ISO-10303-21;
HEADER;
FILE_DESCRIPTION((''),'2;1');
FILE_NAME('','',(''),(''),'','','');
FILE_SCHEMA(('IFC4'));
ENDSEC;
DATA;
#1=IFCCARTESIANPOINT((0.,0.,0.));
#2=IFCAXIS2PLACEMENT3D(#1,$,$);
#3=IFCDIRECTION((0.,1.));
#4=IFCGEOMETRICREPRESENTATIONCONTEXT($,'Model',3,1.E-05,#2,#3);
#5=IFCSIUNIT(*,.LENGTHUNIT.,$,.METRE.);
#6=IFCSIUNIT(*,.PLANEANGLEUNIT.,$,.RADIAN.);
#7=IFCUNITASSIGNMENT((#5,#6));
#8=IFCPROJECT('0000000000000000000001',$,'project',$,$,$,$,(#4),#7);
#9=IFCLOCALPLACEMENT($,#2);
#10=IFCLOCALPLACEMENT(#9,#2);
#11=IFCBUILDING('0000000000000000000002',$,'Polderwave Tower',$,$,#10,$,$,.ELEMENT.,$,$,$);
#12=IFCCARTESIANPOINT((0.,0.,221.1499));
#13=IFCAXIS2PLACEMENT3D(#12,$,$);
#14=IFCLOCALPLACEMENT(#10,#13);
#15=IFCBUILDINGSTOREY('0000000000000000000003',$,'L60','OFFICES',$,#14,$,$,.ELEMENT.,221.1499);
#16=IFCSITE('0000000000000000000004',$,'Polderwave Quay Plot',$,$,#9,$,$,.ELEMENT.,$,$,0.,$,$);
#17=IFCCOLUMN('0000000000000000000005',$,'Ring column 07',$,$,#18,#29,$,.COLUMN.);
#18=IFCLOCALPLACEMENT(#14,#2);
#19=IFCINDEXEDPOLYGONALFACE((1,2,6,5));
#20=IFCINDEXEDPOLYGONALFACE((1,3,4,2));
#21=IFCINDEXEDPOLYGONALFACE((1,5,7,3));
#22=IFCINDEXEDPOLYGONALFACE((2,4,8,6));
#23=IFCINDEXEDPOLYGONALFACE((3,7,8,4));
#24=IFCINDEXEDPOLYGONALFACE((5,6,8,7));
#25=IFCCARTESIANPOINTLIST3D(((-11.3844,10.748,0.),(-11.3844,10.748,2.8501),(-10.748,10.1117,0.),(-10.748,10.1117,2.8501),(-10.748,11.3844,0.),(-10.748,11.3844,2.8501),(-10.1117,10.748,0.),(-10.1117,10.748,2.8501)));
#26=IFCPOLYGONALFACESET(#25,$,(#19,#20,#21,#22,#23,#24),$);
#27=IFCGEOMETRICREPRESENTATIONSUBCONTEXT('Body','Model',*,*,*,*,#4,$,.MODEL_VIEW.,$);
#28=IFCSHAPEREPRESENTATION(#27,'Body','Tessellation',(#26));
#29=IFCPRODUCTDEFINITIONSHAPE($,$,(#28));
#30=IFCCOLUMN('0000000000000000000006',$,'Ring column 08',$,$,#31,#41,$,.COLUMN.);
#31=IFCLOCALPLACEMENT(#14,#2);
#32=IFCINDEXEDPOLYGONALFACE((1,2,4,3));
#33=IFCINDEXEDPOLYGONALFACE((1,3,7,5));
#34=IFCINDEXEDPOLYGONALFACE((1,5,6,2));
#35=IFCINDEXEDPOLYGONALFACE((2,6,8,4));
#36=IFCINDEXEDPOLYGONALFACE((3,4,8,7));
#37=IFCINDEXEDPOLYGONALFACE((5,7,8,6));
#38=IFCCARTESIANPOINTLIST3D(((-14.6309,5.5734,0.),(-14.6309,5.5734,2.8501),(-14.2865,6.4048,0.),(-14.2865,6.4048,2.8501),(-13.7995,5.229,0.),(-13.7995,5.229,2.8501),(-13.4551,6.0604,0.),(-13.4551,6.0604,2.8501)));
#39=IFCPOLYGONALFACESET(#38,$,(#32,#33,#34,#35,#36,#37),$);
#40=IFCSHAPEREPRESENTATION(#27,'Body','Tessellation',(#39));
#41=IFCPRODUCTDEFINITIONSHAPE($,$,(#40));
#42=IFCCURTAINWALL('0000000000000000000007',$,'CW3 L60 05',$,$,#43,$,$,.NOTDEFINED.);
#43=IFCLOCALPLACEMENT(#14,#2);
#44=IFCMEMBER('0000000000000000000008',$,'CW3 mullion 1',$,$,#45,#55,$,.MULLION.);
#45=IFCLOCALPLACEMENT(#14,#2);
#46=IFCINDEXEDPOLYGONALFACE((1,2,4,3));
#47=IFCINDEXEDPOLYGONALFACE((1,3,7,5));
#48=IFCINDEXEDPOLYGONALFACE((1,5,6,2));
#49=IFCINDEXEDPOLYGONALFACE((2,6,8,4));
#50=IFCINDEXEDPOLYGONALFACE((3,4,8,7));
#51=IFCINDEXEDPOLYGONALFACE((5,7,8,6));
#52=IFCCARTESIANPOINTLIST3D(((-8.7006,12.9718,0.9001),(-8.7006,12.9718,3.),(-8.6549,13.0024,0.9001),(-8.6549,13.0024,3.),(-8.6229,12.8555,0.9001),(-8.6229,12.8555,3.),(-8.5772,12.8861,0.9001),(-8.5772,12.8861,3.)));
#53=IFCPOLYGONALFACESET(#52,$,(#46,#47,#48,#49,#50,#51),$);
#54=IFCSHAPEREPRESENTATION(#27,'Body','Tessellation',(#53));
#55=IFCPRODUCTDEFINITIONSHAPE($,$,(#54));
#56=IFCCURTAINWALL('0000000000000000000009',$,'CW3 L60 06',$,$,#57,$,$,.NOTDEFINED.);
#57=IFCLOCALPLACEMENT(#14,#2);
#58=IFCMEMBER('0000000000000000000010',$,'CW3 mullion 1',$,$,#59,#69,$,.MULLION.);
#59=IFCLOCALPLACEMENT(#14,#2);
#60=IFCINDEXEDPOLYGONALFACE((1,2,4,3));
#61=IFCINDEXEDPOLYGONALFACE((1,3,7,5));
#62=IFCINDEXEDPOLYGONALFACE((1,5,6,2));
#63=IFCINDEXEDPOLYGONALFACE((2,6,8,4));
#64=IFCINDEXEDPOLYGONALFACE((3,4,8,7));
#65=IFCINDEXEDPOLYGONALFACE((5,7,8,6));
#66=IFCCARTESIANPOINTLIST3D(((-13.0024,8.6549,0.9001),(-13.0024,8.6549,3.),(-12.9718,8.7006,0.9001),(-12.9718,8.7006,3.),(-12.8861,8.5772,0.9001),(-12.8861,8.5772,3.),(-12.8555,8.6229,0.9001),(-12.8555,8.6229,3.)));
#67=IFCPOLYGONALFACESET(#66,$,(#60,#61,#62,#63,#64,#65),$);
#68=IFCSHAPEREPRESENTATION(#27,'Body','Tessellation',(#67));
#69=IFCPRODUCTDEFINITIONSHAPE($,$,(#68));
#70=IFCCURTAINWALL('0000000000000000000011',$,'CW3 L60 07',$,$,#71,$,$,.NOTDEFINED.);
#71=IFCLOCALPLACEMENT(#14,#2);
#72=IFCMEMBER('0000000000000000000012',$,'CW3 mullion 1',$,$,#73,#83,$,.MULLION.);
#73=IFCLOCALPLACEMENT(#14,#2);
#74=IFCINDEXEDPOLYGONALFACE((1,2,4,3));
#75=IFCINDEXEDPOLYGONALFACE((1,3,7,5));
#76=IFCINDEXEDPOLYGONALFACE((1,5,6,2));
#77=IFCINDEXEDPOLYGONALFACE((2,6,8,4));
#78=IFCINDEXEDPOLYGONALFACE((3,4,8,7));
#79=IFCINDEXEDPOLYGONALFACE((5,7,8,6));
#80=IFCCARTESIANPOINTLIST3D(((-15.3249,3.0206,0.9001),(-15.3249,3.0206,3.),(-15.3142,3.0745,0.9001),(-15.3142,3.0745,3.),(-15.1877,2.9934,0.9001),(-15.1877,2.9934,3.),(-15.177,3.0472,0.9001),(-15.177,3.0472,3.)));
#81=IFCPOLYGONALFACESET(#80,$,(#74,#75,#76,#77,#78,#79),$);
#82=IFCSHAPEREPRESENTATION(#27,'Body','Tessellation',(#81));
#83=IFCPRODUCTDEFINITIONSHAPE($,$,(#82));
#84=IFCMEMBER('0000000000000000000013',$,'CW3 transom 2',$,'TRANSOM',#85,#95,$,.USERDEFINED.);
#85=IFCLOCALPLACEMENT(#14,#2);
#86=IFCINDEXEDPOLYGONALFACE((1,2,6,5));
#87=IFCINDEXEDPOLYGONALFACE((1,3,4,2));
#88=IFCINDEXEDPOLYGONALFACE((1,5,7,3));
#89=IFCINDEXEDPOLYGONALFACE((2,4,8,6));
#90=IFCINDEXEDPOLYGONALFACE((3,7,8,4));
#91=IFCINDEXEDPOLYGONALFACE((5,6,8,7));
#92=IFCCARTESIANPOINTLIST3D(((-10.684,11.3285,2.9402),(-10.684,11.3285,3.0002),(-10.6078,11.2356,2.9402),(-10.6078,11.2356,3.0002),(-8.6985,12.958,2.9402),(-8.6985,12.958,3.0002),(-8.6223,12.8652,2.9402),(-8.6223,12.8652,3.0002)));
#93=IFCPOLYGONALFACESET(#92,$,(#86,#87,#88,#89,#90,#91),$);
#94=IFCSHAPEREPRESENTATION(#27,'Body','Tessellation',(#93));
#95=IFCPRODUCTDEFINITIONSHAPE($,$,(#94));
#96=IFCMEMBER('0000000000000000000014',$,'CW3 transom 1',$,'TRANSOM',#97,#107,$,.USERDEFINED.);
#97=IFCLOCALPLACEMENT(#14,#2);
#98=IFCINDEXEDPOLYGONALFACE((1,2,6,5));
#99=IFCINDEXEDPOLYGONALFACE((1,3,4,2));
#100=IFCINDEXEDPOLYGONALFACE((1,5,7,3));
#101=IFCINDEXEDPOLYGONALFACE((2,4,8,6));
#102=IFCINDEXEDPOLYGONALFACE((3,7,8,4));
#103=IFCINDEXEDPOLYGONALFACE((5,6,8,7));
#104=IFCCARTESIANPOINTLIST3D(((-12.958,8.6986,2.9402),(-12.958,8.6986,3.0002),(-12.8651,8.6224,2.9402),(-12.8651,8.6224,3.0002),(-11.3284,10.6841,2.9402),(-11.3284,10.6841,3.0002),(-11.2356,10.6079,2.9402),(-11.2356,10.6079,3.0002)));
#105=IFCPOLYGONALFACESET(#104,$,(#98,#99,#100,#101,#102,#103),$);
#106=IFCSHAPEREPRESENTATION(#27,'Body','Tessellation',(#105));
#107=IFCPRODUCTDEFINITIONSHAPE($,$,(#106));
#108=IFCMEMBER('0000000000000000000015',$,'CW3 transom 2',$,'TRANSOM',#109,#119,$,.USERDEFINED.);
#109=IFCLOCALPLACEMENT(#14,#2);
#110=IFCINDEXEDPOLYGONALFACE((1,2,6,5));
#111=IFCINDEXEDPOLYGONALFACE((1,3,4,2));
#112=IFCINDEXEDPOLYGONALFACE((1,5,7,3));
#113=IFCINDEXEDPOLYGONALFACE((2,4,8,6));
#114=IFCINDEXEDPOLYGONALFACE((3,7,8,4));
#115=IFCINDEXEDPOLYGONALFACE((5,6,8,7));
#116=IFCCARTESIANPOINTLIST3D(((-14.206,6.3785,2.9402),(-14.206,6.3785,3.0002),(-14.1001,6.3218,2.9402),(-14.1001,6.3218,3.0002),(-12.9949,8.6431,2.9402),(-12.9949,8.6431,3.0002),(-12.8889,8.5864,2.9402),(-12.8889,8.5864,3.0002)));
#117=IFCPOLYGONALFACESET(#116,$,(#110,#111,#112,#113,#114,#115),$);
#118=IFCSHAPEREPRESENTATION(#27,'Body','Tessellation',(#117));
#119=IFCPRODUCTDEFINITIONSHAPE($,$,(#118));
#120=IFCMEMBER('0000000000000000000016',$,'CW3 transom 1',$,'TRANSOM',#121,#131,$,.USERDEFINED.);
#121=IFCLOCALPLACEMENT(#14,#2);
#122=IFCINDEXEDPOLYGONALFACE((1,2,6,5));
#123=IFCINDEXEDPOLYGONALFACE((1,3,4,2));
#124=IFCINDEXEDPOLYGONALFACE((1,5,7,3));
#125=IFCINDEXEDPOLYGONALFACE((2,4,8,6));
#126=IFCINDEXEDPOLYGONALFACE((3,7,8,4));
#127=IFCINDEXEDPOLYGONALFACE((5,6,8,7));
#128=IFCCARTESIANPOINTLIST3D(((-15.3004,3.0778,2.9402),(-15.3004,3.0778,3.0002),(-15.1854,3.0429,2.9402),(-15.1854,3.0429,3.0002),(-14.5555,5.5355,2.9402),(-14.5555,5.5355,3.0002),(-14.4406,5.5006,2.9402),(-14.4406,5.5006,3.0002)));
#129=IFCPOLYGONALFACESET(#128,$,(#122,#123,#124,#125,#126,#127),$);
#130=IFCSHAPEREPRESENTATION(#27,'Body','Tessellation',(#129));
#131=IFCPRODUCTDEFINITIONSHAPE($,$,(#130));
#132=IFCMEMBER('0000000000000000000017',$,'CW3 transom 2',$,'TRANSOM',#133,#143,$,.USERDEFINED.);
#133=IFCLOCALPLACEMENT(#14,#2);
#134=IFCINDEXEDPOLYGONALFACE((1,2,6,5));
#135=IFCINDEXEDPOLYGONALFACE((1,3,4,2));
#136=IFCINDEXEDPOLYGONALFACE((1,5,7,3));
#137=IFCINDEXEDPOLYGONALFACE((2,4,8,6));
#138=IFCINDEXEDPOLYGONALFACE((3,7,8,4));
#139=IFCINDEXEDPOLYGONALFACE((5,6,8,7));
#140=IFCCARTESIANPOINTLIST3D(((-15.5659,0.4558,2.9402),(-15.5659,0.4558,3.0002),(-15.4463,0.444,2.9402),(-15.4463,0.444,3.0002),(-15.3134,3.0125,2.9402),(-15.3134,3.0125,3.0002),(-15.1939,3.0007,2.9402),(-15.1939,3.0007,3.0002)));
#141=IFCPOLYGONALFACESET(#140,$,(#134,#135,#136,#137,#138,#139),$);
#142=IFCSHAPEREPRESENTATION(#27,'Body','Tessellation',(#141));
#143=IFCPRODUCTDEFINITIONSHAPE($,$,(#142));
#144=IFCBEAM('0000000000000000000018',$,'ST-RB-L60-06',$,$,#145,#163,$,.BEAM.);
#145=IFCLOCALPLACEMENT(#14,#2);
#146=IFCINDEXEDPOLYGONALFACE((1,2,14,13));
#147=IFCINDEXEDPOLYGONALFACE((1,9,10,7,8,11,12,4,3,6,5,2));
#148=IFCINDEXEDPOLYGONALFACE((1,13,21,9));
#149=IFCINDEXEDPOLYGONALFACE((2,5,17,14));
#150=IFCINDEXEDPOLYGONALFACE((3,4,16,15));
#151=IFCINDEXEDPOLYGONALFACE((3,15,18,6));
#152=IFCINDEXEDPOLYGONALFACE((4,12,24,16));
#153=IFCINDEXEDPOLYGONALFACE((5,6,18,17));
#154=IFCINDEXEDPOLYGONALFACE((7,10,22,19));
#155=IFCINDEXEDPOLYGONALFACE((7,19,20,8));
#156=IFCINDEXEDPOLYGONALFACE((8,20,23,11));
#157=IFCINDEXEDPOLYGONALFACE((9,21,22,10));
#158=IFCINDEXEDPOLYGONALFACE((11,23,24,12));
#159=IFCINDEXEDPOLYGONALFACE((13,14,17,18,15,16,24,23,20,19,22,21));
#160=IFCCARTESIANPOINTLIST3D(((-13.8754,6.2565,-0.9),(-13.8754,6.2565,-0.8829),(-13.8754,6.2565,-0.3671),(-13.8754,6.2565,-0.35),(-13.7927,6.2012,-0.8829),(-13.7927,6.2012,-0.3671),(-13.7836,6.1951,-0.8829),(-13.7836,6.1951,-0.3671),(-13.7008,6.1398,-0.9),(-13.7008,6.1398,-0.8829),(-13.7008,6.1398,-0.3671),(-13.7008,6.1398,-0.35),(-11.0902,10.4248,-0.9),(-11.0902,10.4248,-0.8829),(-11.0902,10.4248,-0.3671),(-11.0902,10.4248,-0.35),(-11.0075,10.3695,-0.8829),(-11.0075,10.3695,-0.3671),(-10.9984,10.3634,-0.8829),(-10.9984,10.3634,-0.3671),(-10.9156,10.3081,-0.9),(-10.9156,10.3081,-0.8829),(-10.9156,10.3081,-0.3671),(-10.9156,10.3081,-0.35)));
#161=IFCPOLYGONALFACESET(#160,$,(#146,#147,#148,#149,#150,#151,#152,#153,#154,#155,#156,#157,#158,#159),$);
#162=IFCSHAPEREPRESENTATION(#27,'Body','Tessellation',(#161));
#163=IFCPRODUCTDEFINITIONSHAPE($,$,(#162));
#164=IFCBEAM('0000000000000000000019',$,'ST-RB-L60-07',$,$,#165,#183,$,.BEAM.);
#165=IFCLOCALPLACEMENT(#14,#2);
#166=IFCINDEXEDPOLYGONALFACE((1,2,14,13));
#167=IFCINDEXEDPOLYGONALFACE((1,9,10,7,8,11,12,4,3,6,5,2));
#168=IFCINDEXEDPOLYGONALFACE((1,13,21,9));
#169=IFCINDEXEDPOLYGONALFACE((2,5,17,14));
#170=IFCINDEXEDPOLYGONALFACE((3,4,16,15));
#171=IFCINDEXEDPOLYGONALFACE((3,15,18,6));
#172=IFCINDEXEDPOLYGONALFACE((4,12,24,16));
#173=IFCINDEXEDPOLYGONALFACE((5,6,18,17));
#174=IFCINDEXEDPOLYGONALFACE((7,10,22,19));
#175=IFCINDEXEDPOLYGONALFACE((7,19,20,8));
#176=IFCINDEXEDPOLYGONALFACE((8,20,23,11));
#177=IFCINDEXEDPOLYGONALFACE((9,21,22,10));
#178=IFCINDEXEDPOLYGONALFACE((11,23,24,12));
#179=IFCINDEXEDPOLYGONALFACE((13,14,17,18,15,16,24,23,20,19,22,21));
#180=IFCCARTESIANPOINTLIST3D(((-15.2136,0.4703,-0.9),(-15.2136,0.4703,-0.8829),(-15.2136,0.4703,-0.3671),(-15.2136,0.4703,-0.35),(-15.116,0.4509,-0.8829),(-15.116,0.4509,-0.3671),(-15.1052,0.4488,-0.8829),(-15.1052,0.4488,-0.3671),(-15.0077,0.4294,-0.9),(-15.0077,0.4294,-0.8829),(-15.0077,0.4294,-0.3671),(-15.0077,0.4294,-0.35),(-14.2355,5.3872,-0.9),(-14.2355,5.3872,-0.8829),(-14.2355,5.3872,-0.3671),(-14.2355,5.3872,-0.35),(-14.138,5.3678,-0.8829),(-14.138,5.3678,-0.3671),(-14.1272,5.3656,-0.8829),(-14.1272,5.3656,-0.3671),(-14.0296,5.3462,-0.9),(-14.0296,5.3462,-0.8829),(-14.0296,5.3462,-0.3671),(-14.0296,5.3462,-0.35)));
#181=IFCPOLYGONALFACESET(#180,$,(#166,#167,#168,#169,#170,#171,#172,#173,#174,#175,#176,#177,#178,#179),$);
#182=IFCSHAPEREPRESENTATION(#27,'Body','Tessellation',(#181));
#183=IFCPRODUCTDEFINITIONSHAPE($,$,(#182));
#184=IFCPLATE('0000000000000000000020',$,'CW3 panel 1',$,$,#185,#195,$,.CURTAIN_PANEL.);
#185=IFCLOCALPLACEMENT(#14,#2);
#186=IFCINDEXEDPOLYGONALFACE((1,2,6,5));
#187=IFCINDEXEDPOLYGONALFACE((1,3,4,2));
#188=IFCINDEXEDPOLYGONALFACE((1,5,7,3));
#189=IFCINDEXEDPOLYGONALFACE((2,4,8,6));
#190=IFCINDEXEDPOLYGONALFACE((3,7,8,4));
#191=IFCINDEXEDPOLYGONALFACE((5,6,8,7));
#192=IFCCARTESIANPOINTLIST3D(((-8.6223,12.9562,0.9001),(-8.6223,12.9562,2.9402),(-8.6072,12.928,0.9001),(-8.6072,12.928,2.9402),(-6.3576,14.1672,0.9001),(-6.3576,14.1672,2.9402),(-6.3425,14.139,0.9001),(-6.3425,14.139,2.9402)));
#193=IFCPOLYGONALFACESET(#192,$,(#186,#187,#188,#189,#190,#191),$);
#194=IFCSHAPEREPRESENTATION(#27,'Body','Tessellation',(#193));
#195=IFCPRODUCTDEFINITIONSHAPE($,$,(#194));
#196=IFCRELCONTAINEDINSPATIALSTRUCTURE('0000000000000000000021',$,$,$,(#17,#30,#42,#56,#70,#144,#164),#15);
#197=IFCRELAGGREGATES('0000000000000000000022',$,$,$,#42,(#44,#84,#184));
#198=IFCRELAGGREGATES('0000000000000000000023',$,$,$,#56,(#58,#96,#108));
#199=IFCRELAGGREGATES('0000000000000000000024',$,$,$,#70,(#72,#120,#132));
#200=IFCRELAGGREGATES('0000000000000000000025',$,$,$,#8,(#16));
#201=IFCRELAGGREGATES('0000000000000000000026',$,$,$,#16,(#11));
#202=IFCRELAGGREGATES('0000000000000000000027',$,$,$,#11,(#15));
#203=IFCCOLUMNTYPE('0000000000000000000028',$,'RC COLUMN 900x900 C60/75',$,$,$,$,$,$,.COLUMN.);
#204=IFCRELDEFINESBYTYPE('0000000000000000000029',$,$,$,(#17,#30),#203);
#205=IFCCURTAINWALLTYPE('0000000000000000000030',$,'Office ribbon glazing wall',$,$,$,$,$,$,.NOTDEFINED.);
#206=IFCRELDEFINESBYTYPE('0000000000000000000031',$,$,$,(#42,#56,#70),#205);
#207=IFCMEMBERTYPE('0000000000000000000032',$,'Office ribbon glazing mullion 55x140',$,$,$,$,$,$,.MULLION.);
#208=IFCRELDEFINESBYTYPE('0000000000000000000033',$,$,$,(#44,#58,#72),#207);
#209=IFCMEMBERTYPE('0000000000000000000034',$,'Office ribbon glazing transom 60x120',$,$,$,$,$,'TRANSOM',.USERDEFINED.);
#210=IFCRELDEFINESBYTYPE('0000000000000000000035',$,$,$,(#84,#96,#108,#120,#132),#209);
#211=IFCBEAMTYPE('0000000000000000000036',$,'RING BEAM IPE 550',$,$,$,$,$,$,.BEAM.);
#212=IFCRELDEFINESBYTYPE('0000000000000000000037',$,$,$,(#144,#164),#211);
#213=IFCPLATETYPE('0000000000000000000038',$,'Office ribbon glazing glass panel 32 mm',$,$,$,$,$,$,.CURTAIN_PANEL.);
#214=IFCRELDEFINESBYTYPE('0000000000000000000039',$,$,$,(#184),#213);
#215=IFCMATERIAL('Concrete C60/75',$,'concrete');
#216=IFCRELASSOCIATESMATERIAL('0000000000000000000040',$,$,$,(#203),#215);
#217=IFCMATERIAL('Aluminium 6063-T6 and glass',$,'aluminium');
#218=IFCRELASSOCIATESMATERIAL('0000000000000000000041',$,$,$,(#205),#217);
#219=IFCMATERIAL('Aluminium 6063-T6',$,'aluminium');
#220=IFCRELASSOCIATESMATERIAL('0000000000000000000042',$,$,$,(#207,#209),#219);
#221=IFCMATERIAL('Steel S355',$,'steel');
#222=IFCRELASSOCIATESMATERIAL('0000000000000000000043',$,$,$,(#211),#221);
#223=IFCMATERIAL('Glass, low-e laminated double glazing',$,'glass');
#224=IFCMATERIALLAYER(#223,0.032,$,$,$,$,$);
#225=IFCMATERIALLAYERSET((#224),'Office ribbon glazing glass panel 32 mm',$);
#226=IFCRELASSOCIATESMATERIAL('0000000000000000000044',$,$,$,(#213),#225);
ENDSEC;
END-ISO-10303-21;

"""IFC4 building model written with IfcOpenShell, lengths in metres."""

from ifc_helpers import new_model, si_unit, direction, frame, origin, origin_2d, place, context, subcontext, project, spatial, rectangle, i_section, extrude, material, layer, layer_set, material_profile, profile_set, type_object, element, aggregate, save


model = new_model("IFC4")

# Units and contexts
model_context = context("Model", 3, precision=1e-05, world=origin(), true_north=direction((0.0, 1.0)))
body_context = subcontext(model_context, "Body", "Model", "MODEL_VIEW")
ifc_project = project(units=[si_unit("LENGTHUNIT", "METRE"), si_unit("PLANEANGLEUNIT", "RADIAN")], contexts=[model_context])

# Site, building, storey
site_placement = place(None, origin())
site = spatial("IfcSite", under=ifc_project, at=site_placement, Name="Polderwave Quay Plot", CompositionType="ELEMENT", RefElevation=0.0)
building_placement = place(site_placement, origin())
building = spatial("IfcBuilding", under=site, at=building_placement, Name="Polderwave Tower", CompositionType="ELEMENT")
storey_placement = place(building_placement, frame((0.0, 0.0, 221.1499)))
storey = spatial("IfcBuildingStorey", under=building, at=storey_placement, Name="L60", Description="OFFICES", CompositionType="ELEMENT", Elevation=221.1499)

# Columns
ifc_material_1 = material(Name="Concrete C60/75", Category="concrete")
ifc_material_profile_1 = material_profile(ifc_material_1, rectangle(XDim=0.8999, YDim=0.8999, at=origin_2d()), Name="RC 900x900")
ifc_profile_set_1 = profile_set([ifc_material_profile_1], Name="Concrete C60/75")
column_type = type_object("IfcColumnType", Name="RC COLUMN 900x900 C60/75", PredefinedType="COLUMN", material=ifc_profile_set_1)
for number, where, z_axis, x_axis, name in (
    (1, (-10.748, 10.748, 0.0), (0.0, 0.0, 1.0), (-0.707107, 0.707107, 0.0), "Ring column 07"),
    (2, (-14.043, 5.8169, 0.0), (0.0, 0.0, 1.0), (-0.92388, 0.382683, 0.0), "Ring column 08"),
):
    element("IfcColumn", number, at=place(storey_placement, frame(where, z_axis=z_axis, x_axis=x_axis)), inside=storey, type_object=column_type, Name=name, PredefinedType="COLUMN", context=body_context, shape_type="SweptSolid", body=[
        extrude(rectangle(XDim=0.8999, YDim=0.8999, at=origin_2d()), origin(), (0.0, 0.0, 1.0), 2.8501),
    ])

# Curtain walls, members
ifc_material_2 = material(Name="Aluminium 6063-T6 and glass", Category="aluminium")
curtain_wall_type = type_object("IfcCurtainWallType", Name="Office ribbon glazing wall", PredefinedType="NOTDEFINED", material=ifc_material_2)
curtain_wall_1_placement = place(storey_placement, origin())
curtain_wall_1 = element("IfcCurtainWall", 3, at=curtain_wall_1_placement, inside=storey, type_object=curtain_wall_type, Name="CW3 L60 05", PredefinedType="NOTDEFINED")
ifc_material_3 = material(Name="Aluminium 6063-T6", Category="aluminium")
ifc_material_profile_2 = material_profile(ifc_material_3, rectangle(XDim=0.1399, YDim=0.0549, at=origin_2d()), Name="AL 55x140")
ifc_profile_set_2 = profile_set([ifc_material_profile_2], Name="Aluminium 6063-T6")
member_type_1 = type_object("IfcMemberType", Name="Office ribbon glazing mullion 55x140", PredefinedType="MULLION", material=ifc_profile_set_2)
member_1_placement = place(storey_placement, frame((-8.6389, 12.929, 0.9001), z_axis=(0.0, 0.0, 1.0), x_axis=(0.555628, -0.831431, 0.0)))
member_1 = element("IfcMember", 4, at=member_1_placement, type_object=member_type_1, Name="CW3 mullion 1", PredefinedType="MULLION", context=body_context, shape_type="SweptSolid", body=[
    extrude(rectangle(XDim=0.1399, YDim=0.0549, at=origin_2d()), origin(), (0.0, 0.0, 1.0), 2.0999),
])
curtain_wall_2_placement = place(storey_placement, origin())
curtain_wall_2 = element("IfcCurtainWall", 5, at=curtain_wall_2_placement, inside=storey, type_object=curtain_wall_type, Name="CW3 L60 06", PredefinedType="NOTDEFINED")
member_2_placement = place(storey_placement, frame((-12.929, 8.6389, 0.9001), z_axis=(0.0, 0.0, 1.0), x_axis=(0.831431, -0.555628, 0.0)))
member_2 = element("IfcMember", 6, at=member_2_placement, type_object=member_type_1, Name="CW3 mullion 1", PredefinedType="MULLION", context=body_context, shape_type="SweptSolid", body=[
    extrude(rectangle(XDim=0.1399, YDim=0.0549, at=origin_2d()), origin(), (0.0, 0.0, 1.0), 2.0999),
])
curtain_wall_3_placement = place(storey_placement, origin())
curtain_wall_3 = element("IfcCurtainWall", 7, at=curtain_wall_3_placement, inside=storey, type_object=curtain_wall_type, Name="CW3 L60 07", PredefinedType="NOTDEFINED")
member_3_placement = place(storey_placement, frame((-15.251, 3.0339, 0.9001), z_axis=(0.0, 0.0, 1.0), x_axis=(0.980785, -0.195092, 0.0)))
member_3 = element("IfcMember", 8, at=member_3_placement, type_object=member_type_1, Name="CW3 mullion 1", PredefinedType="MULLION", context=body_context, shape_type="SweptSolid", body=[
    extrude(rectangle(XDim=0.1399, YDim=0.0549, at=origin_2d()), origin(), (0.0, 0.0, 1.0), 2.0999),
])

# Members
ifc_material_profile_3 = material_profile(ifc_material_3, rectangle(XDim=0.1201, YDim=0.0601, at=origin_2d()), Name="AL 60x120")
ifc_profile_set_3 = profile_set([ifc_material_profile_3], Name="Aluminium 6063-T6")
member_type_2 = type_object("IfcMemberType", Name="Office ribbon glazing transom 60x120", ElementType="TRANSOM", PredefinedType="USERDEFINED", material=ifc_profile_set_3)
member_4_placement = place(storey_placement, frame((-8.6604, 12.9116, 2.9702), z_axis=(-0.772991, -0.634417, 0.0), x_axis=(0.634417, -0.772991, 0.0)))
member_4 = element("IfcMember", 9, at=member_4_placement, type_object=member_type_2, Name="CW3 transom 2", ObjectType="TRANSOM", PredefinedType="USERDEFINED", context=body_context, shape_type="SweptSolid", body=[
    extrude(rectangle(XDim=0.1201, YDim=0.0601, at=origin_2d()), origin(), (0.0, 0.0, 1.0), 2.5686),
])
member_5_placement = place(storey_placement, frame((-11.282, 10.646, 2.9702), z_axis=(-0.634417, -0.772991, 0.0), x_axis=(0.772991, -0.634417, 0.0)))
member_5 = element("IfcMember", 10, at=member_5_placement, type_object=member_type_2, Name="CW3 transom 1", ObjectType="TRANSOM", PredefinedType="USERDEFINED", context=body_context, shape_type="SweptSolid", body=[
    extrude(rectangle(XDim=0.1201, YDim=0.0601, at=origin_2d()), origin(), (0.0, 0.0, 1.0), 2.5686),
])
member_6_placement = place(storey_placement, frame((-12.9419, 8.6147, 2.9702), z_axis=(-0.471609, -0.881808, 0.0), x_axis=(0.881808, -0.471609, 0.0)))
member_6 = element("IfcMember", 11, at=member_6_placement, type_object=member_type_2, Name="CW3 transom 2", ObjectType="TRANSOM", PredefinedType="USERDEFINED", context=body_context, shape_type="SweptSolid", body=[
    extrude(rectangle(XDim=0.1201, YDim=0.0601, at=origin_2d()), origin(), (0.0, 0.0, 1.0), 2.5681),
])
member_7_placement = place(storey_placement, frame((-14.498, 5.5181, 2.9702), z_axis=(-0.290042, -0.957014, 0.0), x_axis=(0.957014, -0.290042, 0.0)))
member_7 = element("IfcMember", 12, at=member_7_placement, type_object=member_type_2, Name="CW3 transom 1", ObjectType="TRANSOM", PredefinedType="USERDEFINED", context=body_context, shape_type="SweptSolid", body=[
    extrude(rectangle(XDim=0.1201, YDim=0.0601, at=origin_2d()), origin(), (0.0, 0.0, 1.0), 2.5681),
])
member_8_placement = place(storey_placement, frame((-15.2537, 3.0066, 2.9702), z_axis=(-0.098262, -0.995161, 0.0), x_axis=(0.995161, -0.098262, 0.0)))
member_8 = element("IfcMember", 13, at=member_8_placement, type_object=member_type_2, Name="CW3 transom 2", ObjectType="TRANSOM", PredefinedType="USERDEFINED", context=body_context, shape_type="SweptSolid", body=[
    extrude(rectangle(XDim=0.1201, YDim=0.0601, at=origin_2d()), origin(), (0.0, 0.0, 1.0), 2.5691),
])

# Beams
ifc_material_4 = material(Name="Steel S355", Category="steel")
ifc_material_profile_4 = material_profile(ifc_material_4, i_section(OverallWidth=0.21, OverallDepth=0.55, WebThickness=0.011, FlangeThickness=0.0171, at=origin_2d()), Name="IPE 550")
ifc_profile_set_4 = profile_set([ifc_material_profile_4], Name="Steel S355")
beam_type = type_object("IfcBeamType", Name="RING BEAM IPE 550", PredefinedType="BEAM", material=ifc_profile_set_4)
for number, where, z_axis, x_axis, name in (
    (14, (-11.0029, 10.3665, -0.625), (-0.555576, -0.831465, 0.0), (0.831465, -0.555576, 0.0), "ST-RB-L60-06"),
    (15, (-14.1326, 5.3667, -0.625), (-0.195095, -0.980784, 0.0), (0.980784, -0.195095, 0.0), "ST-RB-L60-07"),
):
    element("IfcBeam", number, at=place(storey_placement, frame(where, z_axis=z_axis, x_axis=x_axis)), inside=storey, type_object=beam_type, Name=name, PredefinedType="BEAM", context=body_context, shape_type="SweptSolid", body=[
        extrude(i_section(OverallWidth=0.21, OverallDepth=0.55, WebThickness=0.011, FlangeThickness=0.0171, at=origin_2d()), origin(), (0.0, 0.0, 1.0), 5.0132),
    ])

# Plate
ifc_material_5 = material(Name="Glass, low-e laminated double glazing", Category="glass")
ifc_layer_1 = layer(ifc_material_5, 0.032)
ifc_layer_set_1 = layer_set([ifc_layer_1], Name="Office ribbon glazing glass panel 32 mm")
plate_type = type_object("IfcPlateType", Name="Office ribbon glazing glass panel 32 mm", PredefinedType="CURTAIN_PANEL", material=ifc_layer_set_1)
plate_1_placement = place(storey_placement, frame((-7.4824, 13.5476, 0.9001), z_axis=(0.0, 0.0, 1.0), x_axis=(-0.881841, -0.471548, 0.0)))
plate_1 = element("IfcPlate", 16, at=plate_1_placement, type_object=plate_type, Name="CW3 panel 1", PredefinedType="CURTAIN_PANEL", context=body_context, shape_type="SweptSolid", body=[
    extrude(rectangle(XDim=2.5681, YDim=0.032, at=origin_2d()), origin(), (0.0, 0.0, 1.0), 2.04),
])
aggregate(curtain_wall_1, [member_1, member_4, plate_1])
aggregate(curtain_wall_2, [member_2, member_5, member_6])
aggregate(curtain_wall_3, [member_3, member_7, member_8])

save(model, "model.ifc")
